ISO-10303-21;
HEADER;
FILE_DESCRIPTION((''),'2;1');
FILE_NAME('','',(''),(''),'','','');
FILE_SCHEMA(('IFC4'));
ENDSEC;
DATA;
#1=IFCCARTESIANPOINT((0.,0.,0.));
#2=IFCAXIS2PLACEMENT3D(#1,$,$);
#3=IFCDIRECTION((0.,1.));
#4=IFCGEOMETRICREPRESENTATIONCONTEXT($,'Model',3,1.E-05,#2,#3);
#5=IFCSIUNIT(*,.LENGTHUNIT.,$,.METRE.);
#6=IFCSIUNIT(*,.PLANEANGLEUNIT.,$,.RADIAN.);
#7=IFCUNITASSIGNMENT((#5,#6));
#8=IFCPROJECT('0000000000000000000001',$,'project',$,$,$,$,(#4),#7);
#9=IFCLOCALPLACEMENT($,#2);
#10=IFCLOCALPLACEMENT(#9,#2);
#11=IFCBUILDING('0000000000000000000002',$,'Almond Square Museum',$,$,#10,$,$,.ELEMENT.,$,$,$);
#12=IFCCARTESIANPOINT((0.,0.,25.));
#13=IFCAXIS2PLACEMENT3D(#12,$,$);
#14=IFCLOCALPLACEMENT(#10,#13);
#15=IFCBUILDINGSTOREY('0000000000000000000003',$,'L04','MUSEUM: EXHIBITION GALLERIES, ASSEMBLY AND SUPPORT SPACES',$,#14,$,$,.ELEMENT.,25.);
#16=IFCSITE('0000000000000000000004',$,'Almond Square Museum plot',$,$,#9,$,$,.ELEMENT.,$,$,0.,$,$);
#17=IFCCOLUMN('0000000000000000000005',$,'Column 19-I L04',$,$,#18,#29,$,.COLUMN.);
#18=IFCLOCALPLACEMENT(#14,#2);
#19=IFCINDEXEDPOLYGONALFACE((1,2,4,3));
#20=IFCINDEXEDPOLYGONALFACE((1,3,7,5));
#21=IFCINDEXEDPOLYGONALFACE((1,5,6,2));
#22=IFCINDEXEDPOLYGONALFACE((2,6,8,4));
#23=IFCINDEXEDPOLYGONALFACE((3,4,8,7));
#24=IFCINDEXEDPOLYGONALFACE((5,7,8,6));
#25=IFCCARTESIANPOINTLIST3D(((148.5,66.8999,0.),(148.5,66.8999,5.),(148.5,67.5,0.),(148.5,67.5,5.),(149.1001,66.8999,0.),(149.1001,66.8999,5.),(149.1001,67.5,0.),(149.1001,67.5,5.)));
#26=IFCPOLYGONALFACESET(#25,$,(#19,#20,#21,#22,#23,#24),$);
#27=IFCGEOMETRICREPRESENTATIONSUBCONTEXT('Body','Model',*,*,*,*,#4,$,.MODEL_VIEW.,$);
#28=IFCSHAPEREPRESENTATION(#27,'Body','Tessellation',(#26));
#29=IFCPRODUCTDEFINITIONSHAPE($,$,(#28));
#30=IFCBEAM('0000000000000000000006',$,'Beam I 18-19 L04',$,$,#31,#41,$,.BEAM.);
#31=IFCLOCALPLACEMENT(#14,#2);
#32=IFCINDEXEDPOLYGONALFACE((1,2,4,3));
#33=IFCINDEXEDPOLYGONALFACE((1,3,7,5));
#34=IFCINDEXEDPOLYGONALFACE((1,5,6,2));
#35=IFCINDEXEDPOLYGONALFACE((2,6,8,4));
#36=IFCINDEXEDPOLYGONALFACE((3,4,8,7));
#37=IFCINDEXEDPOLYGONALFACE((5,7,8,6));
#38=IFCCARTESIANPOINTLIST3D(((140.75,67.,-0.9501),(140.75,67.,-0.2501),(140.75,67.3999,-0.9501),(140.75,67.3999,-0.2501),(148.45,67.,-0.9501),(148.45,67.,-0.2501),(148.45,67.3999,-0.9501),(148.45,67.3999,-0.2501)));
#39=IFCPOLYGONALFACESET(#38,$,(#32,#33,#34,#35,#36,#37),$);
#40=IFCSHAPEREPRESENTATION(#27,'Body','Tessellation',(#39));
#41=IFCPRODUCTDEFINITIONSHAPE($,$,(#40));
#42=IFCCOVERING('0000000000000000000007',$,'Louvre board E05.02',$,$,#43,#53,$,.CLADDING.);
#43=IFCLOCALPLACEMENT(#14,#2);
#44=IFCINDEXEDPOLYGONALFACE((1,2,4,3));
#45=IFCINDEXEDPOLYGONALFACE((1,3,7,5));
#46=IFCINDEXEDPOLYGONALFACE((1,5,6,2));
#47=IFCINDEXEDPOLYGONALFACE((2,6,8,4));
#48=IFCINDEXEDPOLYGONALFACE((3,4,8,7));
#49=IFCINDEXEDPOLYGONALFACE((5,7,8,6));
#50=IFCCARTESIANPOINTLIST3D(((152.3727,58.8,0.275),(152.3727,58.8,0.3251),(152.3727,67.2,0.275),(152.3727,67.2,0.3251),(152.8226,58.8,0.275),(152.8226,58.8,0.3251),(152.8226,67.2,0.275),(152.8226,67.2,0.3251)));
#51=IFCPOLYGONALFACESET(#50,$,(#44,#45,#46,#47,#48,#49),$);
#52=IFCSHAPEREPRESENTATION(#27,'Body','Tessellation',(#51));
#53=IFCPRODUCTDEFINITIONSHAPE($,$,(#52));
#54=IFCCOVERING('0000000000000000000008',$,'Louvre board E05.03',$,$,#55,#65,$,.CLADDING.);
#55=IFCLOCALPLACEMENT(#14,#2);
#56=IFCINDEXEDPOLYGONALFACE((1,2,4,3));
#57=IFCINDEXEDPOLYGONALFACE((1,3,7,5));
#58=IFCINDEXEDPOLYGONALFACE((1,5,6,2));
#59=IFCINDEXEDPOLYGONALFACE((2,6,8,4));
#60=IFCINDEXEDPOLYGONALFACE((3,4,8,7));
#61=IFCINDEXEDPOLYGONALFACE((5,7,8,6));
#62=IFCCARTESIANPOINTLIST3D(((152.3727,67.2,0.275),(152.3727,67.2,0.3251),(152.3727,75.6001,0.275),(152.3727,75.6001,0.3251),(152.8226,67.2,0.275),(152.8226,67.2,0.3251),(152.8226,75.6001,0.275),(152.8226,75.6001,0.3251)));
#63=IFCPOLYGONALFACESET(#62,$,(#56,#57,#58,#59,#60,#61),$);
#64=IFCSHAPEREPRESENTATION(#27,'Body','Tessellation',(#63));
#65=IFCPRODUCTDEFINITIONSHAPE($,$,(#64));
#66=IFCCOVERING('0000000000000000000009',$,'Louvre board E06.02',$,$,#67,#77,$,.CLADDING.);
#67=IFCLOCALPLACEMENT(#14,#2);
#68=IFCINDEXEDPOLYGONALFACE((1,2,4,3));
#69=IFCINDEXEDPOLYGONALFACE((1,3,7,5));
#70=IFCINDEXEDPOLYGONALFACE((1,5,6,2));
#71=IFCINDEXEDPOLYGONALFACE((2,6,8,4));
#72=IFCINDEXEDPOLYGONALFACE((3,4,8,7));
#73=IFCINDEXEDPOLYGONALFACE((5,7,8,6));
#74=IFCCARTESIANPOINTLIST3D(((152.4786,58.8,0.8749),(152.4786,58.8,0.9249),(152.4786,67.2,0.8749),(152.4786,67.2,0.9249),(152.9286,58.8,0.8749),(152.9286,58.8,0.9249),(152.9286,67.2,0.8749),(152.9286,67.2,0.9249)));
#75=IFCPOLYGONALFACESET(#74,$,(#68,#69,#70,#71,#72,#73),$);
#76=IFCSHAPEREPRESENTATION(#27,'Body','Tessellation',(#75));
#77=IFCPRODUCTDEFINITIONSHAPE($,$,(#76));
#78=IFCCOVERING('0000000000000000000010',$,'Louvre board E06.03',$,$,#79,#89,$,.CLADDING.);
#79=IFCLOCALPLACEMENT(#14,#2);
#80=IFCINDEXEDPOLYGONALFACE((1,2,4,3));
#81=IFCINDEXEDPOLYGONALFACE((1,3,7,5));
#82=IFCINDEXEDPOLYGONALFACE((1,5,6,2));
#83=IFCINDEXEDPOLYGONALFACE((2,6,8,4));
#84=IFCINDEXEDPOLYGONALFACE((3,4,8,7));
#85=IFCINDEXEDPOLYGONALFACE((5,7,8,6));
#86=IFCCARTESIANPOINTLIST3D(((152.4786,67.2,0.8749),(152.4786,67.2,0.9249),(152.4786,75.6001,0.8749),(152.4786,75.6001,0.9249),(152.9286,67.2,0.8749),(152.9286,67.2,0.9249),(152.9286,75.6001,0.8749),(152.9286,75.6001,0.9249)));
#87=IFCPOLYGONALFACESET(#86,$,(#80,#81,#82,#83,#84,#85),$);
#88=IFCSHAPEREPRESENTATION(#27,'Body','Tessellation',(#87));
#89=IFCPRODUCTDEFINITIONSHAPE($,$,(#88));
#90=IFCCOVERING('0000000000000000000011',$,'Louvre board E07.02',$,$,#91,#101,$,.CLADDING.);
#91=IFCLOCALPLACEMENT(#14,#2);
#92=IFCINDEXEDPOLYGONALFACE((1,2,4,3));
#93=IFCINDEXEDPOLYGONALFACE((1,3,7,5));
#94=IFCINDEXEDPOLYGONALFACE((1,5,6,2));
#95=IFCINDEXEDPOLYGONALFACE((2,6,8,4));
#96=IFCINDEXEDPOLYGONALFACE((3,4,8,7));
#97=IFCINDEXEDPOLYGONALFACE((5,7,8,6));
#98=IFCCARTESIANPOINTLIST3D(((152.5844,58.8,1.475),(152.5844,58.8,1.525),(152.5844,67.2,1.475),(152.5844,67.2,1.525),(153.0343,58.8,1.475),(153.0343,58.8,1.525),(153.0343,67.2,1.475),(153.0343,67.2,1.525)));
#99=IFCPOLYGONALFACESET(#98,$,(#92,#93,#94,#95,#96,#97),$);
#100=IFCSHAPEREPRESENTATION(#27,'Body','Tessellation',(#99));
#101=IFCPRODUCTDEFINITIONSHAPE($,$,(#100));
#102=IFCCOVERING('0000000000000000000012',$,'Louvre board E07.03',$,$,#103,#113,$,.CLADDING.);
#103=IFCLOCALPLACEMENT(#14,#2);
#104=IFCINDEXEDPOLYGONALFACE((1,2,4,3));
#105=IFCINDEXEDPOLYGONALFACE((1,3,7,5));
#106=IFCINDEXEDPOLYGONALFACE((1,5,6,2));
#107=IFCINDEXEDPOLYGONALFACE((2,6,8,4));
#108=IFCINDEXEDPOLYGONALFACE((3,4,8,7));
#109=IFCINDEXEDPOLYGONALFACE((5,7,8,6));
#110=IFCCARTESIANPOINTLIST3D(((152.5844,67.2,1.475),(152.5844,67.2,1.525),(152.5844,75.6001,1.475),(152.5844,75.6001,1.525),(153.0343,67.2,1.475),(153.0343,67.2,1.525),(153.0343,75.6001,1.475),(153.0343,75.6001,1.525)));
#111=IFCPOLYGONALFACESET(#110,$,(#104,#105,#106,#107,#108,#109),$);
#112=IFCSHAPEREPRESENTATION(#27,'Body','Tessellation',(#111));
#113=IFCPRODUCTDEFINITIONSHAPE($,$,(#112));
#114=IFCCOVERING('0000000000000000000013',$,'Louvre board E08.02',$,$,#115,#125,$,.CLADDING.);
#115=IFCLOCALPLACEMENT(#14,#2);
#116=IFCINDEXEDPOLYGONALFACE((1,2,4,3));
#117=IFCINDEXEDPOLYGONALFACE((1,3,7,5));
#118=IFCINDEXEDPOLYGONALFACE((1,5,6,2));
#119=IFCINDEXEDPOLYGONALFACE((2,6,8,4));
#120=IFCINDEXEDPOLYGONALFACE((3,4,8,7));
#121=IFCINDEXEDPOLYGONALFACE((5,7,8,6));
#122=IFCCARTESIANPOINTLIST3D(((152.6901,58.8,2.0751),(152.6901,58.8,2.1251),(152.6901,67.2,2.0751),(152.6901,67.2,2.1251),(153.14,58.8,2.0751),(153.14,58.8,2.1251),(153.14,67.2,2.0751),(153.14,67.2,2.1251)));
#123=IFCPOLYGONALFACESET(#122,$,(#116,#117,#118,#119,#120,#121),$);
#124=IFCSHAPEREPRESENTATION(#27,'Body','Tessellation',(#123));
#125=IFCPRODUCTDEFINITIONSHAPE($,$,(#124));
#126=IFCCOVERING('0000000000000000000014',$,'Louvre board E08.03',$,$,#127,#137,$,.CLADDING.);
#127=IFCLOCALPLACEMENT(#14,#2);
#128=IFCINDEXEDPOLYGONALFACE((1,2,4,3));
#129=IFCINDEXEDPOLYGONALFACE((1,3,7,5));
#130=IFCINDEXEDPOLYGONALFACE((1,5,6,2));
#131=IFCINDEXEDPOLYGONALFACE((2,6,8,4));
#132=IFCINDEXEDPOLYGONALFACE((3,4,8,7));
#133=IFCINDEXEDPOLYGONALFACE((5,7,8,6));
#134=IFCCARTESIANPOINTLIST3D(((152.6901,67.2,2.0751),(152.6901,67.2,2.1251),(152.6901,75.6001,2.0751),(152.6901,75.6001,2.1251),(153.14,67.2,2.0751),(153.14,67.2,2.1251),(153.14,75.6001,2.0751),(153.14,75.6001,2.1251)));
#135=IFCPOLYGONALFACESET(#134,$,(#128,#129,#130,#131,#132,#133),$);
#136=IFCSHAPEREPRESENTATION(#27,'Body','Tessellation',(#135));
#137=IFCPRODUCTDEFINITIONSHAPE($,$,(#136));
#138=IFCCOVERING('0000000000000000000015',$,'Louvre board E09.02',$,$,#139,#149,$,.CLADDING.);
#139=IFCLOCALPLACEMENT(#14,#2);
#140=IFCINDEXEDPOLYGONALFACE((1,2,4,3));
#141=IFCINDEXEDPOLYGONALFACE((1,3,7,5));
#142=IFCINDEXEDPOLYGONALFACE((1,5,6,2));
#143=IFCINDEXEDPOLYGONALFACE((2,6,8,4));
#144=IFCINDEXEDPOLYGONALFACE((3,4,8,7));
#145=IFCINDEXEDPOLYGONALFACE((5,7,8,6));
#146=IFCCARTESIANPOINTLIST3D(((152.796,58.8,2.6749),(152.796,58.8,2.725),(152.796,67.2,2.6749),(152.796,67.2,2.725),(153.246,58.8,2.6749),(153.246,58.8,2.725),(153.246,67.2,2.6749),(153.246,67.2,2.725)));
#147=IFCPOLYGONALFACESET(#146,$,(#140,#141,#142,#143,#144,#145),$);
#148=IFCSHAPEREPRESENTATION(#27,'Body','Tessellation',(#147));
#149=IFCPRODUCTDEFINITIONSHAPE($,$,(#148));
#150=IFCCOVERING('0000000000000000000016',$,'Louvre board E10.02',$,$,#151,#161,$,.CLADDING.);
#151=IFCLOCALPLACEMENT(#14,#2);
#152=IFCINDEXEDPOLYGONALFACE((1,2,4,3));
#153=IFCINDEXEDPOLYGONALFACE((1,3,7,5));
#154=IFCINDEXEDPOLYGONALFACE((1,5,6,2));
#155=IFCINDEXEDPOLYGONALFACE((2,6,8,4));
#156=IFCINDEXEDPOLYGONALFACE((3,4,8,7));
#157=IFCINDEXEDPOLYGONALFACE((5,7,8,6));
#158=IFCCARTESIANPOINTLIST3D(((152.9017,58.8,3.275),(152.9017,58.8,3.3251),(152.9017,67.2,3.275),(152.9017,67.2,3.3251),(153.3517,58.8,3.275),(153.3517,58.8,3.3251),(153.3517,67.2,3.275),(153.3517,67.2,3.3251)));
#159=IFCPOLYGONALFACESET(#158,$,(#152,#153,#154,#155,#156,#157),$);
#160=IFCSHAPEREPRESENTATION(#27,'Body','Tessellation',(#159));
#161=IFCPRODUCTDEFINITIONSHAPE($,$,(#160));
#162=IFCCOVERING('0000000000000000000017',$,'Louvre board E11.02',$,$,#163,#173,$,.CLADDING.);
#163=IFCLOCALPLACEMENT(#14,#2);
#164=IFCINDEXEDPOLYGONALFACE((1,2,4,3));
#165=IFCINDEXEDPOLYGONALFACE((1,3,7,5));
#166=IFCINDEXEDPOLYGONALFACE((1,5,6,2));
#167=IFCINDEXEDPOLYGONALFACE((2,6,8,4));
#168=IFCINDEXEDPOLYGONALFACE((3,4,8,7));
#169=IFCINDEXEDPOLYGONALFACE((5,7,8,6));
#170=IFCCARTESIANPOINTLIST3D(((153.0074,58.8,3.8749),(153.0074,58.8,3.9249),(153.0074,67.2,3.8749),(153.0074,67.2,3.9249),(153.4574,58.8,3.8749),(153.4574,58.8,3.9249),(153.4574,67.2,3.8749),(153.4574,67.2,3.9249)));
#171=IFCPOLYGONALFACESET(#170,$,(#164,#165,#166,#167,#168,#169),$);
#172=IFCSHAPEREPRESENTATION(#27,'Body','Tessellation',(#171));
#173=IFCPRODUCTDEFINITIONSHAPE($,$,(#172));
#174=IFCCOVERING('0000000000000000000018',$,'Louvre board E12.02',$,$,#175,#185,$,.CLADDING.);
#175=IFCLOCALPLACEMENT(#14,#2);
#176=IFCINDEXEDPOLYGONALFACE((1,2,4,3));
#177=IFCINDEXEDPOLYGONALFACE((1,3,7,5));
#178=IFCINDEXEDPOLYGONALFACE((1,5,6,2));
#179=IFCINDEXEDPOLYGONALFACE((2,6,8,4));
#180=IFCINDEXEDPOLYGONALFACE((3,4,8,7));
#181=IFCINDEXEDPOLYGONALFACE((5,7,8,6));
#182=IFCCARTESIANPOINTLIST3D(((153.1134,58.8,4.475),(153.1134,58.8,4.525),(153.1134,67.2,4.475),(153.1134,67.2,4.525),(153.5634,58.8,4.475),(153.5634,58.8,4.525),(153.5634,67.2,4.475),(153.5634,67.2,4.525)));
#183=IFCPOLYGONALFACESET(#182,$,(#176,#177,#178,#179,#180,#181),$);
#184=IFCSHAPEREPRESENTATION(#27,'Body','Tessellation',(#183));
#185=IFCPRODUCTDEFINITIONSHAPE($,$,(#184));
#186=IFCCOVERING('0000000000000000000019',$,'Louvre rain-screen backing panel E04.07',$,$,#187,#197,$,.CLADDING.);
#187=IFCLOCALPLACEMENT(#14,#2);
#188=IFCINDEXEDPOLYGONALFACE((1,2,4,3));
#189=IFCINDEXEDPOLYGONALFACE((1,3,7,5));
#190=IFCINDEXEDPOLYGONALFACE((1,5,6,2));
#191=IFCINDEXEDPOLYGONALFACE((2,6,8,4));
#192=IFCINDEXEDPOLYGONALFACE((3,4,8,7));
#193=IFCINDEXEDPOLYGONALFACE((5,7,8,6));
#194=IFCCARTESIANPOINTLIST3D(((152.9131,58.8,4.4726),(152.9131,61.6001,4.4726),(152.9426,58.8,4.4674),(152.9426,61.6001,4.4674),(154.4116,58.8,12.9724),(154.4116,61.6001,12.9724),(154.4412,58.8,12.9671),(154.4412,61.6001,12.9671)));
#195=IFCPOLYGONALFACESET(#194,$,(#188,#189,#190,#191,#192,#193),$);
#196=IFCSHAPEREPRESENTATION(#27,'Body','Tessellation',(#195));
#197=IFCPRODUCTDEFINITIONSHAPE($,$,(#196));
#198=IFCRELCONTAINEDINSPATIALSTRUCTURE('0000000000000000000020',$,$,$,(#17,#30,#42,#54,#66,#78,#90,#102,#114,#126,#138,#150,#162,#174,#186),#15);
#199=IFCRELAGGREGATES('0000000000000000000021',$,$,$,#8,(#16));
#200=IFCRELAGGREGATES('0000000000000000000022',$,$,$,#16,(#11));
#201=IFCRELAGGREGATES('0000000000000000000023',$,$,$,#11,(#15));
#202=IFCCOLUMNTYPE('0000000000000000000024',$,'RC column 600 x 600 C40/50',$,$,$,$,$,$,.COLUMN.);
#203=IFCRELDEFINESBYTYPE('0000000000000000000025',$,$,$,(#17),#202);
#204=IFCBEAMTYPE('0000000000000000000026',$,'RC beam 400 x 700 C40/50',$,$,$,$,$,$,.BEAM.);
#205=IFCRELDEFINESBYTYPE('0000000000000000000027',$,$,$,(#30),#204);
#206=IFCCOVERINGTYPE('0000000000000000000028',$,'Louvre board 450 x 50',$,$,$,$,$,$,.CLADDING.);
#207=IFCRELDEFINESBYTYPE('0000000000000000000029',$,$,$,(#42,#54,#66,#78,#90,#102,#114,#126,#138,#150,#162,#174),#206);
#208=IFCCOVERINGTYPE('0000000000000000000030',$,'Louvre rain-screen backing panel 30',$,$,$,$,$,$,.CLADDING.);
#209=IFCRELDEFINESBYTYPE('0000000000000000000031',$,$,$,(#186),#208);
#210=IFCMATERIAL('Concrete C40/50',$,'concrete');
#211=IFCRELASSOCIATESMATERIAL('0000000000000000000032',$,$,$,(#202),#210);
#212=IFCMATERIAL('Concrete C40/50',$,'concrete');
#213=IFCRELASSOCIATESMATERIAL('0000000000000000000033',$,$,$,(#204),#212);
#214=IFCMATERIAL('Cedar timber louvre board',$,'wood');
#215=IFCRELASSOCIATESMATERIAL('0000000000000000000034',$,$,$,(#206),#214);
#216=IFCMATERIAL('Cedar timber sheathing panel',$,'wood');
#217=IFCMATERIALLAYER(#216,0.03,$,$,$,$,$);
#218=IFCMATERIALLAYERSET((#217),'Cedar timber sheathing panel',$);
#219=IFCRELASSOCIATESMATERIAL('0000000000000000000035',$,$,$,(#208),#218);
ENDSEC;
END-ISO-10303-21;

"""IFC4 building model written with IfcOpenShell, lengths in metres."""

from ifc_helpers import new_model, si_unit, direction, frame, origin, origin_2d, place, context, subcontext, project, spatial, polyline, rectangle, outline, extrude, material, layer, layer_set, material_profile, profile_set, type_object, element, save


model = new_model("IFC4")

# Units and contexts
model_context = context("Model", 3, precision=1e-05, world=origin(), true_north=direction((0.0, 1.0)))
body_context = subcontext(model_context, "Body", "Model", "MODEL_VIEW")
ifc_project = project(units=[si_unit("LENGTHUNIT", "METRE"), si_unit("PLANEANGLEUNIT", "RADIAN")], contexts=[model_context])

# Site, building, storey
site_placement = place(None, origin())
site = spatial("IfcSite", under=ifc_project, at=site_placement, Name="Almond Square Museum plot", CompositionType="ELEMENT", RefElevation=0.0)
building_placement = place(site_placement, origin())
building = spatial("IfcBuilding", under=site, at=building_placement, Name="Almond Square Museum", CompositionType="ELEMENT")
storey_placement = place(building_placement, frame((0.0, 0.0, 25.0)))
storey = spatial("IfcBuildingStorey", under=building, at=storey_placement, Name="L04", Description="MUSEUM: EXHIBITION GALLERIES, ASSEMBLY AND SUPPORT SPACES", CompositionType="ELEMENT", Elevation=25.0)

# Column
ifc_material_1 = material(Name="Concrete C40/50", Category="concrete")
ifc_material_profile_1 = material_profile(ifc_material_1, rectangle(XDim=0.6001, YDim=0.6001, at=origin_2d()))
ifc_profile_set_1 = profile_set([ifc_material_profile_1], Name="Concrete C40/50")
column_type = type_object("IfcColumnType", Name="RC column 600 x 600 C40/50", PredefinedType="COLUMN", material=ifc_profile_set_1)
column_placement = place(storey_placement, frame((148.8, 67.2, 0.0), z_axis=(0.0, 0.0, 1.0), x_axis=(1.0, 0.0, 0.0)))
element("IfcColumn", 1, at=column_placement, inside=storey, type_object=column_type, Name="Column 19-I L04", PredefinedType="COLUMN", context=body_context, shape_type="SweptSolid", body=[
    extrude(rectangle(XDim=0.6001, YDim=0.6001, at=origin_2d()), origin(), (0.0, 0.0, 1.0), 5.0),
])

# Beam
ifc_material_2 = material(Name="Concrete C40/50", Category="concrete")
ifc_material_profile_2 = material_profile(ifc_material_2, rectangle(XDim=0.3999, YDim=0.7, at=origin_2d()))
ifc_profile_set_2 = profile_set([ifc_material_profile_2], Name="Concrete C40/50")
beam_type = type_object("IfcBeamType", Name="RC beam 400 x 700 C40/50", PredefinedType="BEAM", material=ifc_profile_set_2)
beam_placement = place(storey_placement, frame((140.75, 67.2, -0.6001), z_axis=(1.0, 0.0, 0.0), x_axis=(0.0, 1.0, 0.0)))
element("IfcBeam", 2, at=beam_placement, inside=storey, type_object=beam_type, Name="Beam I 18-19 L04", PredefinedType="BEAM", context=body_context, shape_type="SweptSolid", body=[
    extrude(rectangle(XDim=0.3999, YDim=0.7, at=origin_2d()), origin(), (0.0, 0.0, 1.0), 7.7),
])

# Coverings
ifc_material_3 = material(Name="Cedar timber louvre board", Category="wood")
ifc_material_profile_3 = material_profile(ifc_material_3, rectangle(XDim=0.45, YDim=0.05, at=origin_2d()))
ifc_profile_set_3 = profile_set([ifc_material_profile_3], Name="Cedar timber louvre board")
covering_type_1 = type_object("IfcCoveringType", Name="Louvre board 450 x 50", PredefinedType="CLADDING", material=ifc_profile_set_3)
covering_1_placement = place(storey_placement, frame((152.5977, 58.8, 0.3), z_axis=(0.0, 1.0, 0.0), x_axis=(-1.0, 0.0, 0.0)))
element("IfcCovering", 3, at=covering_1_placement, inside=storey, type_object=covering_type_1, Name="Louvre board E05.02", PredefinedType="CLADDING", context=body_context, shape_type="SweptSolid", body=[
    extrude(rectangle(XDim=0.45, YDim=0.05, at=origin_2d()), origin(), (0.0, 0.0, 1.0), 8.3999),
])
covering_2_placement = place(storey_placement, frame((152.5977, 67.2, 0.3), z_axis=(0.0, 1.0, 0.0), x_axis=(-1.0, 0.0, 0.0)))
element("IfcCovering", 4, at=covering_2_placement, inside=storey, type_object=covering_type_1, Name="Louvre board E05.03", PredefinedType="CLADDING", context=body_context, shape_type="SweptSolid", body=[
    extrude(rectangle(XDim=0.45, YDim=0.05, at=origin_2d()), origin(), (0.0, 0.0, 1.0), 8.4001),
])
covering_3_placement = place(storey_placement, frame((152.7036, 58.8, 0.8999), z_axis=(0.0, 1.0, 0.0), x_axis=(-1.0, 0.0, 0.0)))
element("IfcCovering", 5, at=covering_3_placement, inside=storey, type_object=covering_type_1, Name="Louvre board E06.02", PredefinedType="CLADDING", context=body_context, shape_type="SweptSolid", body=[
    extrude(rectangle(XDim=0.45, YDim=0.05, at=origin_2d()), origin(), (0.0, 0.0, 1.0), 8.3999),
])
covering_4_placement = place(storey_placement, frame((152.7036, 67.2, 0.8999), z_axis=(0.0, 1.0, 0.0), x_axis=(-1.0, 0.0, 0.0)))
element("IfcCovering", 6, at=covering_4_placement, inside=storey, type_object=covering_type_1, Name="Louvre board E06.03", PredefinedType="CLADDING", context=body_context, shape_type="SweptSolid", body=[
    extrude(rectangle(XDim=0.45, YDim=0.05, at=origin_2d()), origin(), (0.0, 0.0, 1.0), 8.4001),
])
covering_5_placement = place(storey_placement, frame((152.8093, 58.8, 1.5), z_axis=(0.0, 1.0, 0.0), x_axis=(-1.0, 0.0, 0.0)))
element("IfcCovering", 7, at=covering_5_placement, inside=storey, type_object=covering_type_1, Name="Louvre board E07.02", PredefinedType="CLADDING", context=body_context, shape_type="SweptSolid", body=[
    extrude(rectangle(XDim=0.45, YDim=0.05, at=origin_2d()), origin(), (0.0, 0.0, 1.0), 8.3999),
])
covering_6_placement = place(storey_placement, frame((152.8093, 67.2, 1.5), z_axis=(0.0, 1.0, 0.0), x_axis=(-1.0, 0.0, 0.0)))
element("IfcCovering", 8, at=covering_6_placement, inside=storey, type_object=covering_type_1, Name="Louvre board E07.03", PredefinedType="CLADDING", context=body_context, shape_type="SweptSolid", body=[
    extrude(rectangle(XDim=0.45, YDim=0.05, at=origin_2d()), origin(), (0.0, 0.0, 1.0), 8.4001),
])
covering_7_placement = place(storey_placement, frame((152.915, 58.8, 2.1001), z_axis=(0.0, 1.0, 0.0), x_axis=(-1.0, 0.0, 0.0)))
element("IfcCovering", 9, at=covering_7_placement, inside=storey, type_object=covering_type_1, Name="Louvre board E08.02", PredefinedType="CLADDING", context=body_context, shape_type="SweptSolid", body=[
    extrude(rectangle(XDim=0.45, YDim=0.05, at=origin_2d()), origin(), (0.0, 0.0, 1.0), 8.3999),
])
covering_8_placement = place(storey_placement, frame((152.915, 67.2, 2.1001), z_axis=(0.0, 1.0, 0.0), x_axis=(-1.0, 0.0, 0.0)))
element("IfcCovering", 10, at=covering_8_placement, inside=storey, type_object=covering_type_1, Name="Louvre board E08.03", PredefinedType="CLADDING", context=body_context, shape_type="SweptSolid", body=[
    extrude(rectangle(XDim=0.45, YDim=0.05, at=origin_2d()), origin(), (0.0, 0.0, 1.0), 8.4001),
])
for number, where, z_axis, x_axis, name in (
    (11, (153.021, 58.8, 2.7), (0.0, 1.0, 0.0), (-1.0, 0.0, 0.0), "Louvre board E09.02"),
    (12, (153.1267, 58.8, 3.3), (0.0, 1.0, 0.0), (-1.0, 0.0, 0.0), "Louvre board E10.02"),
    (13, (153.2324, 58.8, 3.8999), (0.0, 1.0, 0.0), (-1.0, 0.0, 0.0), "Louvre board E11.02"),
    (14, (153.3384, 58.8, 4.5), (0.0, 1.0, 0.0), (-1.0, 0.0, 0.0), "Louvre board E12.02"),
):
    element("IfcCovering", number, at=place(storey_placement, frame(where, z_axis=z_axis, x_axis=x_axis)), inside=storey, type_object=covering_type_1, Name=name, PredefinedType="CLADDING", context=body_context, shape_type="SweptSolid", body=[
        extrude(rectangle(XDim=0.45, YDim=0.05, at=origin_2d()), origin(), (0.0, 0.0, 1.0), 8.3999),
    ])
ifc_material_4 = material(Name="Cedar timber sheathing panel", Category="wood")
ifc_layer_1 = layer(ifc_material_4, 0.03)
ifc_layer_set_1 = layer_set([ifc_layer_1], Name="Cedar timber sheathing panel")
covering_type_2 = type_object("IfcCoveringType", Name="Louvre rain-screen backing panel 30", PredefinedType="CLADDING", material=ifc_layer_set_1)
covering_9_placement = place(storey_placement, frame((152.928, 58.8, 4.47), z_axis=(0.984812, 0.0, -0.173626), x_axis=(0.0, 1.0, 0.0)))
element("IfcCovering", 15, at=covering_9_placement, inside=storey, type_object=covering_type_2, Name="Louvre rain-screen backing panel E04.07", PredefinedType="CLADDING", context=body_context, shape_type="SweptSolid", body=[
    extrude(outline(polyline([(0.0, 0.0), (2.8, 0.0), (2.8, 8.6308), (0.0, 8.6308), (0.0, 0.0)])), frame((0.0, 0.0, -0.0151)), (0.0, 0.0, 1.0), 0.03),
])

save(model, "model.ifc")
